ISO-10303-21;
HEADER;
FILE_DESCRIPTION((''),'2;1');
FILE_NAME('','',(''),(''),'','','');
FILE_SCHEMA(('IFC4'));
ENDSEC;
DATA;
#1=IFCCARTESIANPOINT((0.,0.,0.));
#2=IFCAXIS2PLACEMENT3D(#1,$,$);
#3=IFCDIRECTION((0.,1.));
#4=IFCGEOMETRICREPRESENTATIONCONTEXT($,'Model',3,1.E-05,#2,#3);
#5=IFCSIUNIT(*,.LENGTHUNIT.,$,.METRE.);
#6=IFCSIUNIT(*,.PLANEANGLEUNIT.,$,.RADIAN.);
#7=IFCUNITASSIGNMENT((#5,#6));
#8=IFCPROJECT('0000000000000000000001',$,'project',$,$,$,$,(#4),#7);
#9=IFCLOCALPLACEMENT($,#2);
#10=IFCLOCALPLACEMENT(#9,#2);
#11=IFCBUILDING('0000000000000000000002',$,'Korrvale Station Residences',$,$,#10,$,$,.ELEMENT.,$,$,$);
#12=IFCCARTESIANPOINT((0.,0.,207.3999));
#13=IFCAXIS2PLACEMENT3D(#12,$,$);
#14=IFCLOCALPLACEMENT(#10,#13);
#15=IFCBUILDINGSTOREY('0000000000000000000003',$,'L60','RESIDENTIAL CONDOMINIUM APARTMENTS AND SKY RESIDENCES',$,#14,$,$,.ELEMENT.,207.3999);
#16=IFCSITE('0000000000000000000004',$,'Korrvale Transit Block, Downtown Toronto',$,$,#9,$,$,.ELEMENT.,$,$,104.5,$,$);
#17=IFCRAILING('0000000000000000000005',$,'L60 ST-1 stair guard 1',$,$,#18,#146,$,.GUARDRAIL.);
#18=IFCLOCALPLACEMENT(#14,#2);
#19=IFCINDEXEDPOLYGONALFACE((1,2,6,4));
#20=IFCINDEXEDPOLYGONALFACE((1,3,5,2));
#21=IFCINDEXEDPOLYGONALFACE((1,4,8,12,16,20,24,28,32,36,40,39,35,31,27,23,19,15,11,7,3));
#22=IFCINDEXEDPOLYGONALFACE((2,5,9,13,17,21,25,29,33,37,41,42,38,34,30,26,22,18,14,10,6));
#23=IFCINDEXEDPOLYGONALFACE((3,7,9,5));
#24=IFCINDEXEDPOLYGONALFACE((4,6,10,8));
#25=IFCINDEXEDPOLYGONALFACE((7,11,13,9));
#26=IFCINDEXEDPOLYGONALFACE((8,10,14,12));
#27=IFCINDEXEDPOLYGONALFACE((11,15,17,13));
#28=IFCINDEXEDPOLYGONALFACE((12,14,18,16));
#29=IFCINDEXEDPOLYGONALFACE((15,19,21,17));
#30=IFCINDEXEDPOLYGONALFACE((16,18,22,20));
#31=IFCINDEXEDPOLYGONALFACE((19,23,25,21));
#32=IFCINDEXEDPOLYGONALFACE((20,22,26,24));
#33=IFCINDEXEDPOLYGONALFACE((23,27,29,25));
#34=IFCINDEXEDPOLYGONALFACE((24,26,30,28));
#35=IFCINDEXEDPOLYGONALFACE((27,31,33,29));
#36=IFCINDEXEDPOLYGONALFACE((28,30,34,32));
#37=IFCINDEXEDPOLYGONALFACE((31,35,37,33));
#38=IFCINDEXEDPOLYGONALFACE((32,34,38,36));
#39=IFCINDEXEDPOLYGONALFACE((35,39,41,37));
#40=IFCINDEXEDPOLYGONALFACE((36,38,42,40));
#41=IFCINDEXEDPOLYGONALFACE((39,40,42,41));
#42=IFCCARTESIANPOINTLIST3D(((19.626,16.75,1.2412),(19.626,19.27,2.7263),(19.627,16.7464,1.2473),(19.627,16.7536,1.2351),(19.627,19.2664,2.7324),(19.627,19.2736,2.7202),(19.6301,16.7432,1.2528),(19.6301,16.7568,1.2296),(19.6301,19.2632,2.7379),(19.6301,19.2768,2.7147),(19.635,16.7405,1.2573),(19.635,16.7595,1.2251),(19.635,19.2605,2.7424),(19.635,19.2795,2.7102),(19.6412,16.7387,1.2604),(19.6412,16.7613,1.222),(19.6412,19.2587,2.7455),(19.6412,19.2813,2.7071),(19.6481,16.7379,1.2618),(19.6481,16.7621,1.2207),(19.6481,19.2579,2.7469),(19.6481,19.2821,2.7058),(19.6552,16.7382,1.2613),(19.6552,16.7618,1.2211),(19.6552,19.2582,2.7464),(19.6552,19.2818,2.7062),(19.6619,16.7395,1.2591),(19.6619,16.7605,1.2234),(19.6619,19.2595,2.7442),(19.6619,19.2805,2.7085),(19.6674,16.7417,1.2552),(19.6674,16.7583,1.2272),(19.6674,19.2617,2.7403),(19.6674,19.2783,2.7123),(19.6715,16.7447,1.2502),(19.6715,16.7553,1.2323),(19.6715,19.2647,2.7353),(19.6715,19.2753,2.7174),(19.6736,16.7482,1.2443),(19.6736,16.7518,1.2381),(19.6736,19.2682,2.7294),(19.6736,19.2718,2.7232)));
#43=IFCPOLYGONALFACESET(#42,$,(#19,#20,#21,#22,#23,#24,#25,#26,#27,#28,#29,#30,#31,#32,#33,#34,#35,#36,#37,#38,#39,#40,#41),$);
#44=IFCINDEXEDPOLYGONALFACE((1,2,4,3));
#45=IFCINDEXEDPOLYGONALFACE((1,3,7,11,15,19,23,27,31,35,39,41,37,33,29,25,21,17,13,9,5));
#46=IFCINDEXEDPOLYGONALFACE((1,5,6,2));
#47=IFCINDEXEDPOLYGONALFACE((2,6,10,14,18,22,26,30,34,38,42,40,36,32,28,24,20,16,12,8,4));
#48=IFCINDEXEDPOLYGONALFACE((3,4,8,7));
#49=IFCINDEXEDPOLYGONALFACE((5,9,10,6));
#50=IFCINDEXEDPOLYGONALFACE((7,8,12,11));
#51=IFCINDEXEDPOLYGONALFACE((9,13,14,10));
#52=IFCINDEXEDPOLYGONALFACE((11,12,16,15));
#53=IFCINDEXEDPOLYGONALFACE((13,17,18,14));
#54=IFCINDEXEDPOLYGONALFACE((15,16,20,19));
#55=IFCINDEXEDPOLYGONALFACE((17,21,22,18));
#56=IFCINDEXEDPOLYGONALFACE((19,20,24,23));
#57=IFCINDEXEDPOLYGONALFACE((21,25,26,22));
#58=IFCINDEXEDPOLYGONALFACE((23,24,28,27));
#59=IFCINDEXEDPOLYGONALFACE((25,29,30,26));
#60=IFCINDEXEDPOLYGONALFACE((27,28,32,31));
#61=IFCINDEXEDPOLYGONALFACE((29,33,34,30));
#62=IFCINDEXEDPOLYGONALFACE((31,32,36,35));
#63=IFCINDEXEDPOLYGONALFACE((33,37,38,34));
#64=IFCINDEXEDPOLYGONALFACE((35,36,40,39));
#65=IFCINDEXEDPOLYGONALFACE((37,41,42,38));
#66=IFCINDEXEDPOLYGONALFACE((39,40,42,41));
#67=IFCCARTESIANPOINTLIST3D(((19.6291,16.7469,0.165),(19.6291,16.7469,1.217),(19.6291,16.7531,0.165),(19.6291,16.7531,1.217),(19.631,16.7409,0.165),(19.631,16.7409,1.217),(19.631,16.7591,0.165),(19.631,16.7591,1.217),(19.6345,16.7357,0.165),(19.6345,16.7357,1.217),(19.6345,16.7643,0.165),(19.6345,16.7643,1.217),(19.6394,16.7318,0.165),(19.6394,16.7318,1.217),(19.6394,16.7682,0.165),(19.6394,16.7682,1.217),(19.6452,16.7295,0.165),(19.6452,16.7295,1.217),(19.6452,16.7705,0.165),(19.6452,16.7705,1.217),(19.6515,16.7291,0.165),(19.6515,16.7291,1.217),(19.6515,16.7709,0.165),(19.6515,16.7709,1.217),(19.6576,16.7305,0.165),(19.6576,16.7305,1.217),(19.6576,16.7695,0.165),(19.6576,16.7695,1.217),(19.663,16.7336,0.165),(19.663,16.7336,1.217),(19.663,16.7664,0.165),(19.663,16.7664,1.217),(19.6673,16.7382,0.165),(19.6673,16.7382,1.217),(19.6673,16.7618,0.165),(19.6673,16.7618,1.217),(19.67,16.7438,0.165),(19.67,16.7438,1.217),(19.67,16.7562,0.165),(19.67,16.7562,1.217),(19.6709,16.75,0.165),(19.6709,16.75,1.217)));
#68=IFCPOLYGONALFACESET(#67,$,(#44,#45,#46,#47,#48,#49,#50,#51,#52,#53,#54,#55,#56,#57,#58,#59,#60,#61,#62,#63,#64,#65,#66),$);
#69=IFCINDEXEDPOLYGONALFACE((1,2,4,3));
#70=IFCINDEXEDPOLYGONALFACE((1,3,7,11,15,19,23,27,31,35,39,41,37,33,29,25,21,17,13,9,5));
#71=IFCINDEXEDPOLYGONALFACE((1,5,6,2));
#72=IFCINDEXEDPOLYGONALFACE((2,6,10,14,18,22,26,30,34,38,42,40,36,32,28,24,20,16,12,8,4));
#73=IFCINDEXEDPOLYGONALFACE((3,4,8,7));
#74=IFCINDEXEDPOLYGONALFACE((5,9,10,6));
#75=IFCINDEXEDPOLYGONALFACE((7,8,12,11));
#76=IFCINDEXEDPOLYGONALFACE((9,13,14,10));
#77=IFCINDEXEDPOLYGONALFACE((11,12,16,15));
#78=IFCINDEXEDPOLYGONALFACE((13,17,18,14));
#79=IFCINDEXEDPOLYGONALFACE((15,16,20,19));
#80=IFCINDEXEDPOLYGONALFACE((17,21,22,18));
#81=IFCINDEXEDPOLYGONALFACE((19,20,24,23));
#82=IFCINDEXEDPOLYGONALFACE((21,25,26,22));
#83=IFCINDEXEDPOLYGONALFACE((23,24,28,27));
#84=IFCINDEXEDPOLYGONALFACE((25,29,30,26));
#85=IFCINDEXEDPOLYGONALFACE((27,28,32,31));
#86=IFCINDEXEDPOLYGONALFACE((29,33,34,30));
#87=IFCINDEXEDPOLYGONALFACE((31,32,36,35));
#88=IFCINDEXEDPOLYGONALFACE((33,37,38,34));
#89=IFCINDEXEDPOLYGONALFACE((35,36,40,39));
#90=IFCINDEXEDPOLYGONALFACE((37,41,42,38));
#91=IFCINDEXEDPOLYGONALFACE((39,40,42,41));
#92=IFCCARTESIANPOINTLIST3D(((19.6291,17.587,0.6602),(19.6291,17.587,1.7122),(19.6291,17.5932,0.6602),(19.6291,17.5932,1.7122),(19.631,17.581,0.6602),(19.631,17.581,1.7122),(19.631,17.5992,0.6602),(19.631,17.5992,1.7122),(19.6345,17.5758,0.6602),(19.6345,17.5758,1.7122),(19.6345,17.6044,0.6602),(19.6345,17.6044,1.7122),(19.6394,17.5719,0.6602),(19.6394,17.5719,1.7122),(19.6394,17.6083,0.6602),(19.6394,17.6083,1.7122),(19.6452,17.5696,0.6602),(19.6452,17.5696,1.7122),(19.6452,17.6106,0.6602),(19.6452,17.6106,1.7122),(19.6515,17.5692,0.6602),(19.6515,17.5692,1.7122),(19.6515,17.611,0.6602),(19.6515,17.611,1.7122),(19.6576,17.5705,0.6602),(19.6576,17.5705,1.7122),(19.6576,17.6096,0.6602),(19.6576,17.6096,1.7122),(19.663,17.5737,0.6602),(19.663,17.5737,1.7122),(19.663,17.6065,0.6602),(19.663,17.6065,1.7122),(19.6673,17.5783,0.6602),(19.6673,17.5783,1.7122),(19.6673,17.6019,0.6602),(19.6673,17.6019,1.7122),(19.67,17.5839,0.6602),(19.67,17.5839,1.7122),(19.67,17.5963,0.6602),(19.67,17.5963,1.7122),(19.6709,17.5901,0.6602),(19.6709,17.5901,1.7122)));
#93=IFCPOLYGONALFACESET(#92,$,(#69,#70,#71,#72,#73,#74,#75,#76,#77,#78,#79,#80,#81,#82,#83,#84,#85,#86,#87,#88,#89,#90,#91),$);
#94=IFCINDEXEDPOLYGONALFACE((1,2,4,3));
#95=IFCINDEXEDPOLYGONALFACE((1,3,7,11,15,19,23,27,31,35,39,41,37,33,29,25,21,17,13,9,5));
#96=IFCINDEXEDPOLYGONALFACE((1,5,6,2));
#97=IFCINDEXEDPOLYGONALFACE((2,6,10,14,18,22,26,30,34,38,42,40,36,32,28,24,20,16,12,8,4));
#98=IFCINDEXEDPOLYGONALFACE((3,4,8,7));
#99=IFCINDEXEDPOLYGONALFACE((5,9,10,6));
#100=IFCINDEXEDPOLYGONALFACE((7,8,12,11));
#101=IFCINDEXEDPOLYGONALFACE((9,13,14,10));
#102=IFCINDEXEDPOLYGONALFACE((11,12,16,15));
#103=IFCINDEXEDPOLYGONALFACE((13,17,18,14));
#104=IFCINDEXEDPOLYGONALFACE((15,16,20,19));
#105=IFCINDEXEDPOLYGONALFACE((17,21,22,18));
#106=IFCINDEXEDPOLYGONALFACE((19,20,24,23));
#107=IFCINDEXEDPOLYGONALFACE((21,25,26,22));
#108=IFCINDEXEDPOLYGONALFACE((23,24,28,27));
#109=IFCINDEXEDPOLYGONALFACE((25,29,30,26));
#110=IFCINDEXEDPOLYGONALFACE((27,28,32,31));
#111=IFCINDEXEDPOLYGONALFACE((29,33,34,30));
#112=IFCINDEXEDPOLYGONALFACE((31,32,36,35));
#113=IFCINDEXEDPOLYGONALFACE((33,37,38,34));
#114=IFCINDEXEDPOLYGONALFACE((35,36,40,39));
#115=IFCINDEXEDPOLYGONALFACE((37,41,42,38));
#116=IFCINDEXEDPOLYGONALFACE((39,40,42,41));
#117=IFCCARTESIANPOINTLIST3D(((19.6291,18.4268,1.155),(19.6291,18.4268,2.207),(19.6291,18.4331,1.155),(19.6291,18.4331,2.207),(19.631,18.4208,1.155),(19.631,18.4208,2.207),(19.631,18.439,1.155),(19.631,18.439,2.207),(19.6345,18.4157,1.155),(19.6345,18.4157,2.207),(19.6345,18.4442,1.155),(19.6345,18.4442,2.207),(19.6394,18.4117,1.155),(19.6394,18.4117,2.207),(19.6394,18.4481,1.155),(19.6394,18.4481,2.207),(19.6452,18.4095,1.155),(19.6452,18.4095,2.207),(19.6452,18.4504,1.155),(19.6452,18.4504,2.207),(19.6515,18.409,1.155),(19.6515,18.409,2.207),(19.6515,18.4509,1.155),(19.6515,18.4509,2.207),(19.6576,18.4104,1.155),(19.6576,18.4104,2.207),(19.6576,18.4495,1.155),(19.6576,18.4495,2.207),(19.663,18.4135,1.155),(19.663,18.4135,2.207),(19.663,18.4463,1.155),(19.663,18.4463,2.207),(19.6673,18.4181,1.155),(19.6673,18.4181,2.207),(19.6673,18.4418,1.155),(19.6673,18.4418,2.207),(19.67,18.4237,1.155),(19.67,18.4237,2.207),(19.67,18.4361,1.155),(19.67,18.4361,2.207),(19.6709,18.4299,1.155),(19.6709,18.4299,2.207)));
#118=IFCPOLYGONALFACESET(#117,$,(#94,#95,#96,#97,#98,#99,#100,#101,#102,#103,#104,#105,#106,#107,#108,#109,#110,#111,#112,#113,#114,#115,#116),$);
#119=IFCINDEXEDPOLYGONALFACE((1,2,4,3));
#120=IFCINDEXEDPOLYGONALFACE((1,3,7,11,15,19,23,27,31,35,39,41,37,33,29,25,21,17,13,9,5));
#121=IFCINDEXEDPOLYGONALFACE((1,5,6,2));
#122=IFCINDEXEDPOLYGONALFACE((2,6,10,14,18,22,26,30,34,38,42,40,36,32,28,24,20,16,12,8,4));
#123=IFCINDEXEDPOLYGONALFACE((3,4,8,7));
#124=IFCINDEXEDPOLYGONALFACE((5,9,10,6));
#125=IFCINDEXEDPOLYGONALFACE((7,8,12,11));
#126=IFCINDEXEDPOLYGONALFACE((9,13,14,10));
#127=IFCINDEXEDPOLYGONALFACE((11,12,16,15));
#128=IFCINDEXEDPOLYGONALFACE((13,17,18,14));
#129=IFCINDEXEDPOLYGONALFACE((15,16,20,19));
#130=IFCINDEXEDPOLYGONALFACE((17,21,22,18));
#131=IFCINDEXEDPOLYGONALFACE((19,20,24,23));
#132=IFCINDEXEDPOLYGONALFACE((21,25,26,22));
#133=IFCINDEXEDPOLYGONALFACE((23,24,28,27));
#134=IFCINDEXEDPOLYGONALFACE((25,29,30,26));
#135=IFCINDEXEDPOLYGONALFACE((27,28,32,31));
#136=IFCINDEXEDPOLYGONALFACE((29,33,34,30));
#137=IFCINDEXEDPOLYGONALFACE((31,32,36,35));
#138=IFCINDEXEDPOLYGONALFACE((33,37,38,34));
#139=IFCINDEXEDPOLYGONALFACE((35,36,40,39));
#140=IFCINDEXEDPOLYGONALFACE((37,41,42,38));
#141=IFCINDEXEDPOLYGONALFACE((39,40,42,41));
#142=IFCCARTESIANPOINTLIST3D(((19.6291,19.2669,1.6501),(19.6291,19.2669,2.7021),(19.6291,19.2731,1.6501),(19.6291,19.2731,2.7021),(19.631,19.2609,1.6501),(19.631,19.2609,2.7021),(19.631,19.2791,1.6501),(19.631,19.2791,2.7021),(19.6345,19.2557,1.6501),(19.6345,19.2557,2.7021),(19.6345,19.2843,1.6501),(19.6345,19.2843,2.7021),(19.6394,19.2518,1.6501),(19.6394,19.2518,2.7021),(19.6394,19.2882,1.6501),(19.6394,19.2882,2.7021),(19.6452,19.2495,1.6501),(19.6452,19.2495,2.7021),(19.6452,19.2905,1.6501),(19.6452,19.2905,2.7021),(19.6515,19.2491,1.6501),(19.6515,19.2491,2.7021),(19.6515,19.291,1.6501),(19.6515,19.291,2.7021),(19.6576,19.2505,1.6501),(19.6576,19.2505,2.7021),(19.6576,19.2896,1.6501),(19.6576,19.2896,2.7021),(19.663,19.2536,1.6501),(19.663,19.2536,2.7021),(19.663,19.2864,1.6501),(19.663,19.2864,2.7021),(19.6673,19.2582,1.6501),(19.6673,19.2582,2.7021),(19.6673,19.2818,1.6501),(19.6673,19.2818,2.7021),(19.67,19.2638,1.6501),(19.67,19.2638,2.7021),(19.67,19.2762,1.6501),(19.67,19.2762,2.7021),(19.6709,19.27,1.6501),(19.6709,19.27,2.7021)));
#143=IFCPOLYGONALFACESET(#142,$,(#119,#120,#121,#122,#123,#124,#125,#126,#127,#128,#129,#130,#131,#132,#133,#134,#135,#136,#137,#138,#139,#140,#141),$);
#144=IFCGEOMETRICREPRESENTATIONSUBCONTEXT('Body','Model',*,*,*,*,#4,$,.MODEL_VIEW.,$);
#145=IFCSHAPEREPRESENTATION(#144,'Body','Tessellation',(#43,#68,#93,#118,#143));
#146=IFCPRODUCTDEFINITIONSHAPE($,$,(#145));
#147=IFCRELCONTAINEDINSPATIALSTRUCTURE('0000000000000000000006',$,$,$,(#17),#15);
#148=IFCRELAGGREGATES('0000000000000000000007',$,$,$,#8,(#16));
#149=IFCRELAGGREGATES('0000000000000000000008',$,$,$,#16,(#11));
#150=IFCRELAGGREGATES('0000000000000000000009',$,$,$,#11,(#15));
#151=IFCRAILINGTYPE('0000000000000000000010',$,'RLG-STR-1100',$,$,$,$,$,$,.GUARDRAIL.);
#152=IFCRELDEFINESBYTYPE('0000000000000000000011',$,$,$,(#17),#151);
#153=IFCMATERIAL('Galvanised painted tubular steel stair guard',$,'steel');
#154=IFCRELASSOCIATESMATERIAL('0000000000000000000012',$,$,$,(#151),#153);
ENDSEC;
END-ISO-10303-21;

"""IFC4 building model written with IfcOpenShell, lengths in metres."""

from ifc_helpers import new_model, si_unit, direction, frame, origin, origin_2d, place, context, subcontext, project, spatial, circle, extrude, material, type_object, element, save


model = new_model("IFC4")

# Units and contexts
model_context = context("Model", 3, precision=1e-05, world=origin(), true_north=direction((0.0, 1.0)))
body_context = subcontext(model_context, "Body", "Model", "MODEL_VIEW")
ifc_project = project(units=[si_unit("LENGTHUNIT", "METRE"), si_unit("PLANEANGLEUNIT", "RADIAN")], contexts=[model_context])

# Site, building, storey
site_placement = place(None, origin())
site = spatial("IfcSite", under=ifc_project, at=site_placement, Name="Korrvale Transit Block, Downtown Toronto", CompositionType="ELEMENT", RefElevation=104.5)
building_placement = place(site_placement, origin())
building = spatial("IfcBuilding", under=site, at=building_placement, Name="Korrvale Station Residences", CompositionType="ELEMENT")
storey_placement = place(building_placement, frame((0.0, 0.0, 207.3999)))
storey = spatial("IfcBuildingStorey", under=building, at=storey_placement, Name="L60", Description="RESIDENTIAL CONDOMINIUM APARTMENTS AND SKY RESIDENCES", CompositionType="ELEMENT", Elevation=207.3999)

# Railing
ifc_material_1 = material(Name="Galvanised painted tubular steel stair guard", Category="steel")
railing_type_1 = type_object("IfcRailingType", Name="RLG-STR-1100", PredefinedType="GUARDRAIL", material=ifc_material_1)
railing_1_placement = place(storey_placement, frame((19.6499, 16.75, 0.165)))
element("IfcRailing", 1, at=railing_1_placement, inside=storey, type_object=railing_type_1, Name="L60 ST-1 stair guard 1", PredefinedType="GUARDRAIL", context=body_context, shape_type="SweptSolid", body=[
    extrude(circle(Radius=0.0239, at=origin_2d()), frame((0.0, 0.0, 1.0762), z_axis=(0.0, 0.861524, 0.507717), x_axis=(-1.0, 0.0, 0.0)), (0.0, 0.0, 1.0), 2.925),
    extrude(circle(Radius=0.021, at=origin_2d()), origin(), (0.0, 0.0, 1.0), 1.052),
    extrude(circle(Radius=0.021, at=origin_2d()), frame((0.0, 0.8401, 0.4951)), (0.0, 0.0, 1.0), 1.052),
    extrude(circle(Radius=0.021, at=origin_2d()), frame((0.0, 1.6799, 0.99)), (0.0, 0.0, 1.0), 1.052),
    extrude(circle(Radius=0.021, at=origin_2d()), frame((0.0, 2.52, 1.4851)), (0.0, 0.0, 1.0), 1.052),
])

save(model, "model.ifc")
